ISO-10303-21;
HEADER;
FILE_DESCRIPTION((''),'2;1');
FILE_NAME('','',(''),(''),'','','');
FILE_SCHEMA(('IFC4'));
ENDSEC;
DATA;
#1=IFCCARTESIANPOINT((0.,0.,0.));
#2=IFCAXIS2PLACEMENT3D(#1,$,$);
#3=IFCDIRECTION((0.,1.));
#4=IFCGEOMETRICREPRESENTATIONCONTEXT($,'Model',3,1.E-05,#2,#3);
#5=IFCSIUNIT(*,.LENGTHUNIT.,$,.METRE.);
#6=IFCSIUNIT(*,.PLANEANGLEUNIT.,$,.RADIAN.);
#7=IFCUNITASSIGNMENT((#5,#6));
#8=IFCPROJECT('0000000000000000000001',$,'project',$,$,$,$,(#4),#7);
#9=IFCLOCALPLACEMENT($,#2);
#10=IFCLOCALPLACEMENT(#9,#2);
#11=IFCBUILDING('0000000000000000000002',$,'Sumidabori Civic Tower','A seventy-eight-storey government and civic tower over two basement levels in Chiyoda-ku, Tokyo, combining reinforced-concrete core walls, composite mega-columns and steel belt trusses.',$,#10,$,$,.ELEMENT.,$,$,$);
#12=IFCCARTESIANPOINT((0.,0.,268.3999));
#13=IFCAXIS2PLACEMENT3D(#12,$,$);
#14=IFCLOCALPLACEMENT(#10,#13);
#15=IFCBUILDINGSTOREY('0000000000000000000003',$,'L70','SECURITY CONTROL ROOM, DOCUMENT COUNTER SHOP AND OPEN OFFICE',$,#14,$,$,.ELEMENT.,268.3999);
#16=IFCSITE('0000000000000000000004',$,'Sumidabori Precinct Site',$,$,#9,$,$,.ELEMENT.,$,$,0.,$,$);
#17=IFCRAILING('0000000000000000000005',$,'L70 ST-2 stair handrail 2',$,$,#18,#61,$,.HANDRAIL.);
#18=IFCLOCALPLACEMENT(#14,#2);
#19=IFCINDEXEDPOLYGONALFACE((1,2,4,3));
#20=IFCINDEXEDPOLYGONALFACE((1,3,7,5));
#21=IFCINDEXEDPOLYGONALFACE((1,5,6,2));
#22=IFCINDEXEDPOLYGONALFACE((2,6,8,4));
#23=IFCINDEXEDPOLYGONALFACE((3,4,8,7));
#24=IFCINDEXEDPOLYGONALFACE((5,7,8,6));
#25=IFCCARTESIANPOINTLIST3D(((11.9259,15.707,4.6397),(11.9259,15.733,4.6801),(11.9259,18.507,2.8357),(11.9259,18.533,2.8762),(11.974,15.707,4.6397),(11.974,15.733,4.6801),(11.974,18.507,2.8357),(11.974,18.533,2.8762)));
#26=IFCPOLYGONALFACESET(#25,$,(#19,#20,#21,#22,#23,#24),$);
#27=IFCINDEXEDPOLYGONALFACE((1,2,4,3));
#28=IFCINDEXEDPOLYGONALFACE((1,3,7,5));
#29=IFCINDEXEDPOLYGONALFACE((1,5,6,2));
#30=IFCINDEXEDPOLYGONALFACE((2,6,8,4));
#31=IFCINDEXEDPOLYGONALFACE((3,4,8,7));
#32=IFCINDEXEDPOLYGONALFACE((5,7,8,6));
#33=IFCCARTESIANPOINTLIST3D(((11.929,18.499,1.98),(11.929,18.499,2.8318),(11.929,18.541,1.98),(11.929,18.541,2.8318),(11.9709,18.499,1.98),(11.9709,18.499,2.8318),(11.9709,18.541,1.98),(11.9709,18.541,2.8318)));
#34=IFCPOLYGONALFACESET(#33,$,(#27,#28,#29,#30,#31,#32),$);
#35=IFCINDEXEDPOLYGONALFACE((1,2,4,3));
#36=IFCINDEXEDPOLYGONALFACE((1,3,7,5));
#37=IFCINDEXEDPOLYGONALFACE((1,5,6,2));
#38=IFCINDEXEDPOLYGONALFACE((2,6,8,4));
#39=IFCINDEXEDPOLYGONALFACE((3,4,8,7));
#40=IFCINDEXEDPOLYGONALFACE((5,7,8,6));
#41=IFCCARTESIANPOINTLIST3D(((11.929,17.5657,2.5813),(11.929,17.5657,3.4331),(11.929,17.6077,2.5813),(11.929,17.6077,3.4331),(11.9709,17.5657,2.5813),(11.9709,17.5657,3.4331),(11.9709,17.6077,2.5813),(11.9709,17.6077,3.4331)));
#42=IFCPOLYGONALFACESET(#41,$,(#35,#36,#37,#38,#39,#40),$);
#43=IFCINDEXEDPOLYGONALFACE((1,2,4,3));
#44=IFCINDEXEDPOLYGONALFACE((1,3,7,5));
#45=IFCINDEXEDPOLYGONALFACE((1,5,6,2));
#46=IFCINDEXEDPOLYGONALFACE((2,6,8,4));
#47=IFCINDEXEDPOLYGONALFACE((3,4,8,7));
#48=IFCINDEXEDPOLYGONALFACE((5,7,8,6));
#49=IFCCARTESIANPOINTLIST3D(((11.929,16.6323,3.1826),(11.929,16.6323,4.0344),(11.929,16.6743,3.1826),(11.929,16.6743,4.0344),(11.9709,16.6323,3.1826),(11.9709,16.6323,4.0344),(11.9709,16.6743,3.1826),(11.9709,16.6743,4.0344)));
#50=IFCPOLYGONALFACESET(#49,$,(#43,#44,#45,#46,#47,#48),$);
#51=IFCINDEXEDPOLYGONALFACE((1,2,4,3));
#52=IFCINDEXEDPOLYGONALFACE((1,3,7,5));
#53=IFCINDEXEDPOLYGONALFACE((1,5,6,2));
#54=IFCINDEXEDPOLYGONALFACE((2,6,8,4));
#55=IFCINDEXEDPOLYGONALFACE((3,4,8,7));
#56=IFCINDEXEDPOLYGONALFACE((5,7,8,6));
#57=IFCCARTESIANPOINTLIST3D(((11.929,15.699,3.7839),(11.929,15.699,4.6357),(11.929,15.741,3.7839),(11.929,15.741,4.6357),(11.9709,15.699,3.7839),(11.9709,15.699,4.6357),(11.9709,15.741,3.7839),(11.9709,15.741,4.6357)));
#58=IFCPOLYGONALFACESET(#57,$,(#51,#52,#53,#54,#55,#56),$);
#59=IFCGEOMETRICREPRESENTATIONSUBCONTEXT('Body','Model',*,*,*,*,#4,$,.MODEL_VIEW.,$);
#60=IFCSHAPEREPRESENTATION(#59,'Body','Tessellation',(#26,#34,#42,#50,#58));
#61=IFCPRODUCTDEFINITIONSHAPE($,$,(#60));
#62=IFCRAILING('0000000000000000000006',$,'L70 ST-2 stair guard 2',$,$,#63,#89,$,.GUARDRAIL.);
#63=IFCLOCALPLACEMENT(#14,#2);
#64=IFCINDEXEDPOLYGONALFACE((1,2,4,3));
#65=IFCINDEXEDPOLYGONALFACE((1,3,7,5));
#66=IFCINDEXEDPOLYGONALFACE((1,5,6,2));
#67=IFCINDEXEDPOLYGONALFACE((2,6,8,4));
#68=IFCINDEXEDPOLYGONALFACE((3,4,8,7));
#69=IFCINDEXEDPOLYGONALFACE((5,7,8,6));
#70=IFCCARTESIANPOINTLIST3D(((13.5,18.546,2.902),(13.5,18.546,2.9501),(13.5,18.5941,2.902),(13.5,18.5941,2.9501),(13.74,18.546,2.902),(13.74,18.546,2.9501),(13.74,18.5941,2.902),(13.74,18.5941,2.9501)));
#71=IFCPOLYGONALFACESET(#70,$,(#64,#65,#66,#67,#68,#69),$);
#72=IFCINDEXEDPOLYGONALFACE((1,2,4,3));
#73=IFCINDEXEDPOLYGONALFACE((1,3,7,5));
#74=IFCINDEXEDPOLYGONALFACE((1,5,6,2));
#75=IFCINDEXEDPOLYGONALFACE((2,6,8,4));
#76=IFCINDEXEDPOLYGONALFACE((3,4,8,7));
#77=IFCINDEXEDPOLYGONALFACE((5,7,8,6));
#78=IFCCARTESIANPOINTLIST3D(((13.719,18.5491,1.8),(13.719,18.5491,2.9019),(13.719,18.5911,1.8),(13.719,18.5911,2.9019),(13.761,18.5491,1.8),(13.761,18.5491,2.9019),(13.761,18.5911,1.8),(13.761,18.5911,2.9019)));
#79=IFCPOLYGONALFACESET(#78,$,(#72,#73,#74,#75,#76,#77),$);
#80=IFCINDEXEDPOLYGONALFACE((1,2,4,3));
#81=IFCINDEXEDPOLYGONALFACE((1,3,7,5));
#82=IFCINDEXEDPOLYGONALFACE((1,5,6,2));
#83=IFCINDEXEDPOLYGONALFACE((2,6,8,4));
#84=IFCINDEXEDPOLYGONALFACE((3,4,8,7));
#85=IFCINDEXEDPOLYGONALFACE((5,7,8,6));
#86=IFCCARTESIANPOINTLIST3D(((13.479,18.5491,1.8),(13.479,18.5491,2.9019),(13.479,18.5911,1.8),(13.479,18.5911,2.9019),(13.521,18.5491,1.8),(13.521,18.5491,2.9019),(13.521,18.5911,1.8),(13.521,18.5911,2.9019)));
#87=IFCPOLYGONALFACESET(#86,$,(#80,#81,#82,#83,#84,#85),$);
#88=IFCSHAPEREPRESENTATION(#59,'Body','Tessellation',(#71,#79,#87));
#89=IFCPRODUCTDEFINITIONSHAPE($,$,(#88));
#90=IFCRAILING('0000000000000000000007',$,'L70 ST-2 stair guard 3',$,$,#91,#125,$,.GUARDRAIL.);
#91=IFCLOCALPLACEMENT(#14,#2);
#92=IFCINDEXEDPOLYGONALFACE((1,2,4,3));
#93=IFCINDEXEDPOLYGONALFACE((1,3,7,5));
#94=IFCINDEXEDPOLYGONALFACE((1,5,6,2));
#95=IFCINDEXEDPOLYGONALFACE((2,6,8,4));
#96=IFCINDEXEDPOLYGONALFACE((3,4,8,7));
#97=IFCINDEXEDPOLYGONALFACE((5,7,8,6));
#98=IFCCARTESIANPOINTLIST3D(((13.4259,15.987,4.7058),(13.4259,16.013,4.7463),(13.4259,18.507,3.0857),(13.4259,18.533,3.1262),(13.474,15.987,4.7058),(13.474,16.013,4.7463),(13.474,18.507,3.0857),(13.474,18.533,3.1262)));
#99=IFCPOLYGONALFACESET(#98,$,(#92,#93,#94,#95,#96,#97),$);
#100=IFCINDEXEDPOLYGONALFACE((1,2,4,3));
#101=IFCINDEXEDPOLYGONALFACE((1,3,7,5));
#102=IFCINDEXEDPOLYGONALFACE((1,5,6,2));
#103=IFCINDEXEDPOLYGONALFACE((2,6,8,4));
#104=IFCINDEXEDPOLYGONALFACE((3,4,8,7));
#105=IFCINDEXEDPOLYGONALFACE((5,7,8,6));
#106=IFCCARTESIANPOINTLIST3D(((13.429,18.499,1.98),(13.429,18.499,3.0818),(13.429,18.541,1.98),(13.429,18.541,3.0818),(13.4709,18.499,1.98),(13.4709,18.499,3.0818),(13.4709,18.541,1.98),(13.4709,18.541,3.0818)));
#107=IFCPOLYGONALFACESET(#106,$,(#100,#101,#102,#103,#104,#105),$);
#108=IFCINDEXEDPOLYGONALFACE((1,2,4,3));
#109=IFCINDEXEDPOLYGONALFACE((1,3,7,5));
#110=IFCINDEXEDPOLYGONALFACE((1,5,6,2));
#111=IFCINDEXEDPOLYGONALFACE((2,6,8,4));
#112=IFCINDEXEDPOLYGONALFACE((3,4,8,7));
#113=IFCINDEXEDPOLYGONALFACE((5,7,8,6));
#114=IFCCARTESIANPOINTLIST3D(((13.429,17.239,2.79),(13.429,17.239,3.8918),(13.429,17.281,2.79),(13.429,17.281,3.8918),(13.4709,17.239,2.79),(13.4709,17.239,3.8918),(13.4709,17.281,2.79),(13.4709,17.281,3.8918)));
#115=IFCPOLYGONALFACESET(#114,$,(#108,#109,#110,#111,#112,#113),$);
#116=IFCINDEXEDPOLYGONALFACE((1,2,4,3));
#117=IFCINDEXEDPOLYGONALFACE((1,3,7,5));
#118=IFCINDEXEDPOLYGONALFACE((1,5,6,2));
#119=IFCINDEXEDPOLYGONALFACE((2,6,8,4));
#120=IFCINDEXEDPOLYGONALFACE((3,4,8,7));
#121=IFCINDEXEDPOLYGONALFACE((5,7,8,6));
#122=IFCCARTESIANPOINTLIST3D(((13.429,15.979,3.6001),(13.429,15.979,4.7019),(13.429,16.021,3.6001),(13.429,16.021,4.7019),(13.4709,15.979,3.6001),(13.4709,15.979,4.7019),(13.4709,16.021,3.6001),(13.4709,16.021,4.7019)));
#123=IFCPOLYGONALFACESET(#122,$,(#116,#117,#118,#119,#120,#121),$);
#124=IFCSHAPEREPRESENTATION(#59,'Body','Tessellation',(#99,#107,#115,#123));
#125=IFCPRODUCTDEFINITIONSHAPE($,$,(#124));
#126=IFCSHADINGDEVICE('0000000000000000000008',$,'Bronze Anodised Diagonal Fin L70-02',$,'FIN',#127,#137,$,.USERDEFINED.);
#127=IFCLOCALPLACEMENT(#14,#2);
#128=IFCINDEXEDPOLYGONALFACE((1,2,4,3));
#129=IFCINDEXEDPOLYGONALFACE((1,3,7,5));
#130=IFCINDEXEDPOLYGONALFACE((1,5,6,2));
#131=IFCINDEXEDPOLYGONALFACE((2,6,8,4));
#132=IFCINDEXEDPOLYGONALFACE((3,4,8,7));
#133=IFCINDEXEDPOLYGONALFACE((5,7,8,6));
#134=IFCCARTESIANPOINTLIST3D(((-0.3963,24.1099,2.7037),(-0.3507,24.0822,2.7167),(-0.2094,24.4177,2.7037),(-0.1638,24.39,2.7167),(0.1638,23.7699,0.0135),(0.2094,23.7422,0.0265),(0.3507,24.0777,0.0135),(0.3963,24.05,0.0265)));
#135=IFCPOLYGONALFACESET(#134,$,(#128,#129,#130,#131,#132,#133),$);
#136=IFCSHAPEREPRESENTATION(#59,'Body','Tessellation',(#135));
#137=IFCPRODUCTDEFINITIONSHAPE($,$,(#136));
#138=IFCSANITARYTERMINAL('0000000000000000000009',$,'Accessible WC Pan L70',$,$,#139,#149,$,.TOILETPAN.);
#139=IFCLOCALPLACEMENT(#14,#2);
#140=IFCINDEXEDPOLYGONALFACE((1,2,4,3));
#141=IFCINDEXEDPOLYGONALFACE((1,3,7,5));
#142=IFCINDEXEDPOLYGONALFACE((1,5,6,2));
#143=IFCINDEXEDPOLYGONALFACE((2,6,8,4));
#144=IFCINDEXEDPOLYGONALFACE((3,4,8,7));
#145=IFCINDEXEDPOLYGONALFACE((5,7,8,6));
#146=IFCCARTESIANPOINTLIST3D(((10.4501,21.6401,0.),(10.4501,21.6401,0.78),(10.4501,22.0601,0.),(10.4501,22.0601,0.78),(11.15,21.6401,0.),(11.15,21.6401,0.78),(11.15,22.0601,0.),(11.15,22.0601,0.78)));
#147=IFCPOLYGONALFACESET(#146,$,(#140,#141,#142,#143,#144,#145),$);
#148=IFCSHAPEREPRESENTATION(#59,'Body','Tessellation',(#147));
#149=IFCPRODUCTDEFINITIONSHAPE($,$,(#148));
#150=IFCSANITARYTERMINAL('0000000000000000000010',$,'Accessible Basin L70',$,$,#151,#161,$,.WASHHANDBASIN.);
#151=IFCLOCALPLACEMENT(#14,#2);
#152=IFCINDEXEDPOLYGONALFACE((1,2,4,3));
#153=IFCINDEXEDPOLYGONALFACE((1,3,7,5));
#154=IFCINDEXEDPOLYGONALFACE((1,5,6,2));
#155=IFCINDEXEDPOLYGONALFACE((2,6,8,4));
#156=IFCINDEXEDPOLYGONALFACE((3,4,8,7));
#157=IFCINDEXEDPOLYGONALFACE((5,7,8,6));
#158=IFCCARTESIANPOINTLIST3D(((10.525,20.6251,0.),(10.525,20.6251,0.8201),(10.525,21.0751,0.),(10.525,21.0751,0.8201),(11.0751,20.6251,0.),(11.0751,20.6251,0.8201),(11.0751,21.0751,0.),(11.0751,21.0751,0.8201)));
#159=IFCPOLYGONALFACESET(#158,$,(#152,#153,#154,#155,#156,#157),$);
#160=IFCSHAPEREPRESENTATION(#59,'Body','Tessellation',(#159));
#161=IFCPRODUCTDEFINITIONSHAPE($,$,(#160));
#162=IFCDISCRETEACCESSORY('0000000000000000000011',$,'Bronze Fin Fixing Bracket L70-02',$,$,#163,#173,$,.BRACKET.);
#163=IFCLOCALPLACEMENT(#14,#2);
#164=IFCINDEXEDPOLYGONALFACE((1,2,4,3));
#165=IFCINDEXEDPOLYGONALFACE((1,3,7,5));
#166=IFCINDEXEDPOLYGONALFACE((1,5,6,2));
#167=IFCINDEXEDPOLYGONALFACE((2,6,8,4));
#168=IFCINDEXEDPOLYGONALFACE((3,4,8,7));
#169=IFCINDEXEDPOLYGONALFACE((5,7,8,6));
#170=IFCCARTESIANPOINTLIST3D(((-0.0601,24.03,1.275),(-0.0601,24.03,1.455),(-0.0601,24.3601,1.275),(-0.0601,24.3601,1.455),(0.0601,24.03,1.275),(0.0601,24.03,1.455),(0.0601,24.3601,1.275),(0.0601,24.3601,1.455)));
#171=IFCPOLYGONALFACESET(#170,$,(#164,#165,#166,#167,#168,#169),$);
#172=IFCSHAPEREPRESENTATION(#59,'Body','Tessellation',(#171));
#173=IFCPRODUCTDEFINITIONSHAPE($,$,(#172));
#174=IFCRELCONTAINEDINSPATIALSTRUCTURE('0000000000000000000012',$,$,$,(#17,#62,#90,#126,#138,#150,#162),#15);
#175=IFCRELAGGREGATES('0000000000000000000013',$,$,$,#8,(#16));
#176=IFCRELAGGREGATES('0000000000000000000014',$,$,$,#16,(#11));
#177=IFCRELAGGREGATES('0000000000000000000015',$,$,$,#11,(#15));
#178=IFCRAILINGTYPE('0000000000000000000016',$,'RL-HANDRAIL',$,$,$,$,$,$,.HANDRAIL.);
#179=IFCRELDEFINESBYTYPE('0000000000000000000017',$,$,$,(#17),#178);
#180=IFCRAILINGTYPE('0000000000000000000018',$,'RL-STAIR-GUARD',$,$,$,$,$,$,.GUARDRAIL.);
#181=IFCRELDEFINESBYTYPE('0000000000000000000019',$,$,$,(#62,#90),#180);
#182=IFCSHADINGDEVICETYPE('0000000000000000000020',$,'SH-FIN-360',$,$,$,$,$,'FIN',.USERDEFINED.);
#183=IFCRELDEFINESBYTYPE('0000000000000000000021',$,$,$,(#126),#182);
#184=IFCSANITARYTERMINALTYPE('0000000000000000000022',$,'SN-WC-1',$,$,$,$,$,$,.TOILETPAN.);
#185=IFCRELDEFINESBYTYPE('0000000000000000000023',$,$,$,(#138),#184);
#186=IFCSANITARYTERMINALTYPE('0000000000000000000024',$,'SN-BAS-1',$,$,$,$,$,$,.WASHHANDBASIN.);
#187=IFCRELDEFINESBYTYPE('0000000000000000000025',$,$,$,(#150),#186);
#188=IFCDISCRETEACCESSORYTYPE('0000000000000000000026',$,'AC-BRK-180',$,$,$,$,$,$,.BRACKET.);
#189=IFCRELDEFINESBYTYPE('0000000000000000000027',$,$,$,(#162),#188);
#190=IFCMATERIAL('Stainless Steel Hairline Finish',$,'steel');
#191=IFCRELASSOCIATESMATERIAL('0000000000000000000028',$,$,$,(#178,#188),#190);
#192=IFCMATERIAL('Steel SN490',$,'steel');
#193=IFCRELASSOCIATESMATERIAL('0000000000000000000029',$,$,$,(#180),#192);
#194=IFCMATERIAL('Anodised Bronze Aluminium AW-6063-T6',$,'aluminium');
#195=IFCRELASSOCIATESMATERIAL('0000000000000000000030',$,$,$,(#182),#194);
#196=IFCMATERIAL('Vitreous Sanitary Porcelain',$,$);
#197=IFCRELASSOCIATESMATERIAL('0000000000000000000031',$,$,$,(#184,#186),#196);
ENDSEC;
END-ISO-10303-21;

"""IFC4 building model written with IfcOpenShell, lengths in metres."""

from ifc_helpers import new_model, si_unit, direction, frame, origin, origin_2d, place, context, subcontext, project, spatial, rectangle, extrude, source, transform, mapped, material, material_profile, profile_set, type_object, element, save


model = new_model("IFC4")

# Units and contexts
model_context = context("Model", 3, precision=1e-05, world=origin(), true_north=direction((0.0, 1.0)))
body_context = subcontext(model_context, "Body", "Model", "MODEL_VIEW")
ifc_project = project(units=[si_unit("LENGTHUNIT", "METRE"), si_unit("PLANEANGLEUNIT", "RADIAN")], contexts=[model_context])

# Site, building, storey
site_placement = place(None, origin())
site = spatial("IfcSite", under=ifc_project, at=site_placement, Name="Sumidabori Precinct Site", CompositionType="ELEMENT", RefElevation=0.0)
building_placement = place(site_placement, origin())
building = spatial("IfcBuilding", under=site, at=building_placement, Name="Sumidabori Civic Tower", Description="A seventy-eight-storey government and civic tower over two basement levels in Chiyoda-ku, Tokyo, combining reinforced-concrete core walls, composite mega-columns and steel belt trusses.", CompositionType="ELEMENT")
storey_placement = place(building_placement, frame((0.0, 0.0, 268.3999)))
storey = spatial("IfcBuildingStorey", under=building, at=storey_placement, Name="L70", Description="SECURITY CONTROL ROOM, DOCUMENT COUNTER SHOP AND OPEN OFFICE", CompositionType="ELEMENT", Elevation=268.3999)

# Shared definitions
ifc_material_1 = material(Name="Steel SN490", Category="steel")

# Shared definitions
ifc_material_2 = material(Name="Anodised Bronze Aluminium AW-6063-T6", Category="aluminium")

# Railings
ifc_material_3 = material(Name="Stainless Steel Hairline Finish", Category="steel")
railing_type_1 = type_object("IfcRailingType", Name="RL-HANDRAIL", PredefinedType="HANDRAIL", material=ifc_material_3)
railing_1_placement = place(storey_placement, frame((11.95, 18.52, 1.98)))
element("IfcRailing", 1, at=railing_1_placement, inside=storey, type_object=railing_type_1, Name="L70 ST-2 stair handrail 2", PredefinedType="HANDRAIL", context=body_context, shape_type="SweptSolid", body=[
    extrude(rectangle(XDim=0.0481, YDim=0.0481, at=origin_2d()), frame((0.0, 0.0, 0.876), z_axis=(0.0, -0.840642, 0.541591), x_axis=(1.0, 0.0, 0.0)), (0.0, 0.0, 1.0), 3.3308),
    extrude(rectangle(XDim=0.042, YDim=0.042, at=origin_2d()), origin(), (0.0, 0.0, 1.0), 0.8518),
    extrude(rectangle(XDim=0.042, YDim=0.042, at=origin_2d()), frame((0.0, -0.9333, 0.6013)), (0.0, 0.0, 1.0), 0.8518),
    extrude(rectangle(XDim=0.042, YDim=0.042, at=origin_2d()), frame((0.0, -1.8667, 1.2026)), (0.0, 0.0, 1.0), 0.8518),
    extrude(rectangle(XDim=0.042, YDim=0.042, at=origin_2d()), frame((0.0, -2.8, 1.804)), (0.0, 0.0, 1.0), 0.8518),
])
railing_type_2 = type_object("IfcRailingType", Name="RL-STAIR-GUARD", PredefinedType="GUARDRAIL", material=ifc_material_1)
railing_2_placement = place(storey_placement, frame((13.74, 18.5701, 1.8)))
element("IfcRailing", 2, at=railing_2_placement, inside=storey, type_object=railing_type_2, Name="L70 ST-2 stair guard 2", PredefinedType="GUARDRAIL", context=body_context, shape_type="SweptSolid", body=[
    extrude(rectangle(XDim=0.0481, YDim=0.0481, at=origin_2d()), frame((0.0, 0.0, 1.126), z_axis=(-1.0, 0.0, 0.0), x_axis=(0.0, -1.0, 0.0)), (0.0, 0.0, 1.0), 0.24),
    extrude(rectangle(XDim=0.042, YDim=0.042, at=origin_2d()), origin(), (0.0, 0.0, 1.0), 1.1018),
    extrude(rectangle(XDim=0.042, YDim=0.042, at=origin_2d()), frame((-0.24, 0.0, 0.0)), (0.0, 0.0, 1.0), 1.1018),
])
railing_3_placement = place(storey_placement, frame((13.45, 18.52, 1.98)))
element("IfcRailing", 3, at=railing_3_placement, inside=storey, type_object=railing_type_2, Name="L70 ST-2 stair guard 3", PredefinedType="GUARDRAIL", context=body_context, shape_type="SweptSolid", body=[
    extrude(rectangle(XDim=0.0481, YDim=0.0481, at=origin_2d()), frame((0.0, 0.0, 1.126), z_axis=(0.0, -0.841163, 0.540782), x_axis=(1.0, 0.0, 0.0)), (0.0, 0.0, 1.0), 2.9958),
    extrude(rectangle(XDim=0.042, YDim=0.042, at=origin_2d()), origin(), (0.0, 0.0, 1.0), 1.1018),
    extrude(rectangle(XDim=0.042, YDim=0.042, at=origin_2d()), frame((0.0, -1.26, 0.8101)), (0.0, 0.0, 1.0), 1.1018),
    extrude(rectangle(XDim=0.042, YDim=0.042, at=origin_2d()), frame((0.0, -2.52, 1.6201)), (0.0, 0.0, 1.0), 1.1018),
])

# Shading device
ifc_material_profile_1 = material_profile(ifc_material_2, rectangle(XDim=0.0549, YDim=0.3601, at=origin_2d()), Name="BRONZE FIN 360x55")
ifc_profile_set_1 = profile_set([ifc_material_profile_1], Name="Anodised Bronze Aluminium AW-6063-T6")
shading_device_type = type_object("IfcShadingDeviceType", Name="SH-FIN-360", ElementType="FIN", PredefinedType="USERDEFINED", material=ifc_profile_set_1)
shared_shape_1 = source(origin(), body_context, "Body", "SweptSolid", [
    extrude(rectangle(XDim=0.0549, YDim=0.3601, at=origin_2d()), origin(), (0.0, 0.0, 1.0), 2.7688),
])
shading_device_placement = place(storey_placement, frame((0.28, 23.9099, 0.02), z_axis=(-0.202273, 0.122827, 0.971596), x_axis=(0.830474, -0.504294, 0.236645)))
element("IfcShadingDevice", 4, at=shading_device_placement, inside=storey, type_object=shading_device_type, Name="Bronze Anodised Diagonal Fin L70-02", ObjectType="FIN", PredefinedType="USERDEFINED", context=body_context, shape_type="MappedRepresentation", body=[
    mapped(shared_shape_1, transform((0.0, 0.0, 0.0), x_axis=(1.0, 0.0, 0.0), y_axis=(0.0, 1.0, 0.0), z_axis=(0.0, 0.0, 1.0), scale=1.0)),
])

# Sanitary terminals
ifc_material_4 = material(Name="Vitreous Sanitary Porcelain")
sanitary_terminal_type_1 = type_object("IfcSanitaryTerminalType", Name="SN-WC-1", PredefinedType="TOILETPAN", material=ifc_material_4)
shared_shape_2 = source(origin(), body_context, "Body", "SweptSolid", [
    extrude(rectangle(XDim=0.7, YDim=0.4199, at=origin_2d()), origin(), (0.0, 0.0, 1.0), 0.78),
])
sanitary_terminal_1_placement = place(storey_placement, frame((10.8, 21.8501, 0.0), z_axis=(0.0, 0.0, 1.0), x_axis=(1.0, 0.0, 0.0)))
element("IfcSanitaryTerminal", 5, at=sanitary_terminal_1_placement, inside=storey, type_object=sanitary_terminal_type_1, Name="Accessible WC Pan L70", PredefinedType="TOILETPAN", context=body_context, shape_type="MappedRepresentation", body=[
    mapped(shared_shape_2, transform((0.0, 0.0, 0.0), x_axis=(1.0, 0.0, 0.0), y_axis=(0.0, 1.0, 0.0), z_axis=(0.0, 0.0, 1.0), scale=1.0)),
])
sanitary_terminal_type_2 = type_object("IfcSanitaryTerminalType", Name="SN-BAS-1", PredefinedType="WASHHANDBASIN", material=ifc_material_4)
shared_shape_3 = source(origin(), body_context, "Body", "SweptSolid", [
    extrude(rectangle(XDim=0.55, YDim=0.45, at=origin_2d()), origin(), (0.0, 0.0, 1.0), 0.8201),
])
sanitary_terminal_2_placement = place(storey_placement, frame((10.8, 20.8501, 0.0), z_axis=(0.0, 0.0, 1.0), x_axis=(1.0, 0.0, 0.0)))
element("IfcSanitaryTerminal", 6, at=sanitary_terminal_2_placement, inside=storey, type_object=sanitary_terminal_type_2, Name="Accessible Basin L70", PredefinedType="WASHHANDBASIN", context=body_context, shape_type="MappedRepresentation", body=[
    mapped(shared_shape_3, transform((0.0, 0.0, 0.0), x_axis=(1.0, 0.0, 0.0), y_axis=(0.0, 1.0, 0.0), z_axis=(0.0, 0.0, 1.0), scale=1.0)),
])

# Discrete accessory
ifc_material_profile_2 = material_profile(ifc_material_3, rectangle(XDim=0.1201, YDim=0.1799, at=origin_2d()), Name="STEEL BRACKET 180x120")
ifc_profile_set_2 = profile_set([ifc_material_profile_2], Name="Stainless Steel Hairline Finish")
discrete_accessory_type = type_object("IfcDiscreteAccessoryType", Name="AC-BRK-180", PredefinedType="BRACKET", material=ifc_profile_set_2)
shared_shape_4 = source(origin(), body_context, "Body", "SweptSolid", [
    extrude(rectangle(XDim=0.1201, YDim=0.1799, at=origin_2d()), origin(), (0.0, 0.0, 1.0), 0.3301),
])
discrete_accessory_placement = place(storey_placement, frame((0.0, 24.03, 1.365), z_axis=(0.0, 1.0, 0.0), x_axis=(-1.0, 0.0, 0.0)))
element("IfcDiscreteAccessory", 7, at=discrete_accessory_placement, inside=storey, type_object=discrete_accessory_type, Name="Bronze Fin Fixing Bracket L70-02", PredefinedType="BRACKET", context=body_context, shape_type="MappedRepresentation", body=[
    mapped(shared_shape_4, transform((0.0, 0.0, 0.0), x_axis=(1.0, 0.0, 0.0), y_axis=(0.0, 1.0, 0.0), z_axis=(0.0, 0.0, 1.0), scale=1.0)),
])

save(model, "model.ifc")
